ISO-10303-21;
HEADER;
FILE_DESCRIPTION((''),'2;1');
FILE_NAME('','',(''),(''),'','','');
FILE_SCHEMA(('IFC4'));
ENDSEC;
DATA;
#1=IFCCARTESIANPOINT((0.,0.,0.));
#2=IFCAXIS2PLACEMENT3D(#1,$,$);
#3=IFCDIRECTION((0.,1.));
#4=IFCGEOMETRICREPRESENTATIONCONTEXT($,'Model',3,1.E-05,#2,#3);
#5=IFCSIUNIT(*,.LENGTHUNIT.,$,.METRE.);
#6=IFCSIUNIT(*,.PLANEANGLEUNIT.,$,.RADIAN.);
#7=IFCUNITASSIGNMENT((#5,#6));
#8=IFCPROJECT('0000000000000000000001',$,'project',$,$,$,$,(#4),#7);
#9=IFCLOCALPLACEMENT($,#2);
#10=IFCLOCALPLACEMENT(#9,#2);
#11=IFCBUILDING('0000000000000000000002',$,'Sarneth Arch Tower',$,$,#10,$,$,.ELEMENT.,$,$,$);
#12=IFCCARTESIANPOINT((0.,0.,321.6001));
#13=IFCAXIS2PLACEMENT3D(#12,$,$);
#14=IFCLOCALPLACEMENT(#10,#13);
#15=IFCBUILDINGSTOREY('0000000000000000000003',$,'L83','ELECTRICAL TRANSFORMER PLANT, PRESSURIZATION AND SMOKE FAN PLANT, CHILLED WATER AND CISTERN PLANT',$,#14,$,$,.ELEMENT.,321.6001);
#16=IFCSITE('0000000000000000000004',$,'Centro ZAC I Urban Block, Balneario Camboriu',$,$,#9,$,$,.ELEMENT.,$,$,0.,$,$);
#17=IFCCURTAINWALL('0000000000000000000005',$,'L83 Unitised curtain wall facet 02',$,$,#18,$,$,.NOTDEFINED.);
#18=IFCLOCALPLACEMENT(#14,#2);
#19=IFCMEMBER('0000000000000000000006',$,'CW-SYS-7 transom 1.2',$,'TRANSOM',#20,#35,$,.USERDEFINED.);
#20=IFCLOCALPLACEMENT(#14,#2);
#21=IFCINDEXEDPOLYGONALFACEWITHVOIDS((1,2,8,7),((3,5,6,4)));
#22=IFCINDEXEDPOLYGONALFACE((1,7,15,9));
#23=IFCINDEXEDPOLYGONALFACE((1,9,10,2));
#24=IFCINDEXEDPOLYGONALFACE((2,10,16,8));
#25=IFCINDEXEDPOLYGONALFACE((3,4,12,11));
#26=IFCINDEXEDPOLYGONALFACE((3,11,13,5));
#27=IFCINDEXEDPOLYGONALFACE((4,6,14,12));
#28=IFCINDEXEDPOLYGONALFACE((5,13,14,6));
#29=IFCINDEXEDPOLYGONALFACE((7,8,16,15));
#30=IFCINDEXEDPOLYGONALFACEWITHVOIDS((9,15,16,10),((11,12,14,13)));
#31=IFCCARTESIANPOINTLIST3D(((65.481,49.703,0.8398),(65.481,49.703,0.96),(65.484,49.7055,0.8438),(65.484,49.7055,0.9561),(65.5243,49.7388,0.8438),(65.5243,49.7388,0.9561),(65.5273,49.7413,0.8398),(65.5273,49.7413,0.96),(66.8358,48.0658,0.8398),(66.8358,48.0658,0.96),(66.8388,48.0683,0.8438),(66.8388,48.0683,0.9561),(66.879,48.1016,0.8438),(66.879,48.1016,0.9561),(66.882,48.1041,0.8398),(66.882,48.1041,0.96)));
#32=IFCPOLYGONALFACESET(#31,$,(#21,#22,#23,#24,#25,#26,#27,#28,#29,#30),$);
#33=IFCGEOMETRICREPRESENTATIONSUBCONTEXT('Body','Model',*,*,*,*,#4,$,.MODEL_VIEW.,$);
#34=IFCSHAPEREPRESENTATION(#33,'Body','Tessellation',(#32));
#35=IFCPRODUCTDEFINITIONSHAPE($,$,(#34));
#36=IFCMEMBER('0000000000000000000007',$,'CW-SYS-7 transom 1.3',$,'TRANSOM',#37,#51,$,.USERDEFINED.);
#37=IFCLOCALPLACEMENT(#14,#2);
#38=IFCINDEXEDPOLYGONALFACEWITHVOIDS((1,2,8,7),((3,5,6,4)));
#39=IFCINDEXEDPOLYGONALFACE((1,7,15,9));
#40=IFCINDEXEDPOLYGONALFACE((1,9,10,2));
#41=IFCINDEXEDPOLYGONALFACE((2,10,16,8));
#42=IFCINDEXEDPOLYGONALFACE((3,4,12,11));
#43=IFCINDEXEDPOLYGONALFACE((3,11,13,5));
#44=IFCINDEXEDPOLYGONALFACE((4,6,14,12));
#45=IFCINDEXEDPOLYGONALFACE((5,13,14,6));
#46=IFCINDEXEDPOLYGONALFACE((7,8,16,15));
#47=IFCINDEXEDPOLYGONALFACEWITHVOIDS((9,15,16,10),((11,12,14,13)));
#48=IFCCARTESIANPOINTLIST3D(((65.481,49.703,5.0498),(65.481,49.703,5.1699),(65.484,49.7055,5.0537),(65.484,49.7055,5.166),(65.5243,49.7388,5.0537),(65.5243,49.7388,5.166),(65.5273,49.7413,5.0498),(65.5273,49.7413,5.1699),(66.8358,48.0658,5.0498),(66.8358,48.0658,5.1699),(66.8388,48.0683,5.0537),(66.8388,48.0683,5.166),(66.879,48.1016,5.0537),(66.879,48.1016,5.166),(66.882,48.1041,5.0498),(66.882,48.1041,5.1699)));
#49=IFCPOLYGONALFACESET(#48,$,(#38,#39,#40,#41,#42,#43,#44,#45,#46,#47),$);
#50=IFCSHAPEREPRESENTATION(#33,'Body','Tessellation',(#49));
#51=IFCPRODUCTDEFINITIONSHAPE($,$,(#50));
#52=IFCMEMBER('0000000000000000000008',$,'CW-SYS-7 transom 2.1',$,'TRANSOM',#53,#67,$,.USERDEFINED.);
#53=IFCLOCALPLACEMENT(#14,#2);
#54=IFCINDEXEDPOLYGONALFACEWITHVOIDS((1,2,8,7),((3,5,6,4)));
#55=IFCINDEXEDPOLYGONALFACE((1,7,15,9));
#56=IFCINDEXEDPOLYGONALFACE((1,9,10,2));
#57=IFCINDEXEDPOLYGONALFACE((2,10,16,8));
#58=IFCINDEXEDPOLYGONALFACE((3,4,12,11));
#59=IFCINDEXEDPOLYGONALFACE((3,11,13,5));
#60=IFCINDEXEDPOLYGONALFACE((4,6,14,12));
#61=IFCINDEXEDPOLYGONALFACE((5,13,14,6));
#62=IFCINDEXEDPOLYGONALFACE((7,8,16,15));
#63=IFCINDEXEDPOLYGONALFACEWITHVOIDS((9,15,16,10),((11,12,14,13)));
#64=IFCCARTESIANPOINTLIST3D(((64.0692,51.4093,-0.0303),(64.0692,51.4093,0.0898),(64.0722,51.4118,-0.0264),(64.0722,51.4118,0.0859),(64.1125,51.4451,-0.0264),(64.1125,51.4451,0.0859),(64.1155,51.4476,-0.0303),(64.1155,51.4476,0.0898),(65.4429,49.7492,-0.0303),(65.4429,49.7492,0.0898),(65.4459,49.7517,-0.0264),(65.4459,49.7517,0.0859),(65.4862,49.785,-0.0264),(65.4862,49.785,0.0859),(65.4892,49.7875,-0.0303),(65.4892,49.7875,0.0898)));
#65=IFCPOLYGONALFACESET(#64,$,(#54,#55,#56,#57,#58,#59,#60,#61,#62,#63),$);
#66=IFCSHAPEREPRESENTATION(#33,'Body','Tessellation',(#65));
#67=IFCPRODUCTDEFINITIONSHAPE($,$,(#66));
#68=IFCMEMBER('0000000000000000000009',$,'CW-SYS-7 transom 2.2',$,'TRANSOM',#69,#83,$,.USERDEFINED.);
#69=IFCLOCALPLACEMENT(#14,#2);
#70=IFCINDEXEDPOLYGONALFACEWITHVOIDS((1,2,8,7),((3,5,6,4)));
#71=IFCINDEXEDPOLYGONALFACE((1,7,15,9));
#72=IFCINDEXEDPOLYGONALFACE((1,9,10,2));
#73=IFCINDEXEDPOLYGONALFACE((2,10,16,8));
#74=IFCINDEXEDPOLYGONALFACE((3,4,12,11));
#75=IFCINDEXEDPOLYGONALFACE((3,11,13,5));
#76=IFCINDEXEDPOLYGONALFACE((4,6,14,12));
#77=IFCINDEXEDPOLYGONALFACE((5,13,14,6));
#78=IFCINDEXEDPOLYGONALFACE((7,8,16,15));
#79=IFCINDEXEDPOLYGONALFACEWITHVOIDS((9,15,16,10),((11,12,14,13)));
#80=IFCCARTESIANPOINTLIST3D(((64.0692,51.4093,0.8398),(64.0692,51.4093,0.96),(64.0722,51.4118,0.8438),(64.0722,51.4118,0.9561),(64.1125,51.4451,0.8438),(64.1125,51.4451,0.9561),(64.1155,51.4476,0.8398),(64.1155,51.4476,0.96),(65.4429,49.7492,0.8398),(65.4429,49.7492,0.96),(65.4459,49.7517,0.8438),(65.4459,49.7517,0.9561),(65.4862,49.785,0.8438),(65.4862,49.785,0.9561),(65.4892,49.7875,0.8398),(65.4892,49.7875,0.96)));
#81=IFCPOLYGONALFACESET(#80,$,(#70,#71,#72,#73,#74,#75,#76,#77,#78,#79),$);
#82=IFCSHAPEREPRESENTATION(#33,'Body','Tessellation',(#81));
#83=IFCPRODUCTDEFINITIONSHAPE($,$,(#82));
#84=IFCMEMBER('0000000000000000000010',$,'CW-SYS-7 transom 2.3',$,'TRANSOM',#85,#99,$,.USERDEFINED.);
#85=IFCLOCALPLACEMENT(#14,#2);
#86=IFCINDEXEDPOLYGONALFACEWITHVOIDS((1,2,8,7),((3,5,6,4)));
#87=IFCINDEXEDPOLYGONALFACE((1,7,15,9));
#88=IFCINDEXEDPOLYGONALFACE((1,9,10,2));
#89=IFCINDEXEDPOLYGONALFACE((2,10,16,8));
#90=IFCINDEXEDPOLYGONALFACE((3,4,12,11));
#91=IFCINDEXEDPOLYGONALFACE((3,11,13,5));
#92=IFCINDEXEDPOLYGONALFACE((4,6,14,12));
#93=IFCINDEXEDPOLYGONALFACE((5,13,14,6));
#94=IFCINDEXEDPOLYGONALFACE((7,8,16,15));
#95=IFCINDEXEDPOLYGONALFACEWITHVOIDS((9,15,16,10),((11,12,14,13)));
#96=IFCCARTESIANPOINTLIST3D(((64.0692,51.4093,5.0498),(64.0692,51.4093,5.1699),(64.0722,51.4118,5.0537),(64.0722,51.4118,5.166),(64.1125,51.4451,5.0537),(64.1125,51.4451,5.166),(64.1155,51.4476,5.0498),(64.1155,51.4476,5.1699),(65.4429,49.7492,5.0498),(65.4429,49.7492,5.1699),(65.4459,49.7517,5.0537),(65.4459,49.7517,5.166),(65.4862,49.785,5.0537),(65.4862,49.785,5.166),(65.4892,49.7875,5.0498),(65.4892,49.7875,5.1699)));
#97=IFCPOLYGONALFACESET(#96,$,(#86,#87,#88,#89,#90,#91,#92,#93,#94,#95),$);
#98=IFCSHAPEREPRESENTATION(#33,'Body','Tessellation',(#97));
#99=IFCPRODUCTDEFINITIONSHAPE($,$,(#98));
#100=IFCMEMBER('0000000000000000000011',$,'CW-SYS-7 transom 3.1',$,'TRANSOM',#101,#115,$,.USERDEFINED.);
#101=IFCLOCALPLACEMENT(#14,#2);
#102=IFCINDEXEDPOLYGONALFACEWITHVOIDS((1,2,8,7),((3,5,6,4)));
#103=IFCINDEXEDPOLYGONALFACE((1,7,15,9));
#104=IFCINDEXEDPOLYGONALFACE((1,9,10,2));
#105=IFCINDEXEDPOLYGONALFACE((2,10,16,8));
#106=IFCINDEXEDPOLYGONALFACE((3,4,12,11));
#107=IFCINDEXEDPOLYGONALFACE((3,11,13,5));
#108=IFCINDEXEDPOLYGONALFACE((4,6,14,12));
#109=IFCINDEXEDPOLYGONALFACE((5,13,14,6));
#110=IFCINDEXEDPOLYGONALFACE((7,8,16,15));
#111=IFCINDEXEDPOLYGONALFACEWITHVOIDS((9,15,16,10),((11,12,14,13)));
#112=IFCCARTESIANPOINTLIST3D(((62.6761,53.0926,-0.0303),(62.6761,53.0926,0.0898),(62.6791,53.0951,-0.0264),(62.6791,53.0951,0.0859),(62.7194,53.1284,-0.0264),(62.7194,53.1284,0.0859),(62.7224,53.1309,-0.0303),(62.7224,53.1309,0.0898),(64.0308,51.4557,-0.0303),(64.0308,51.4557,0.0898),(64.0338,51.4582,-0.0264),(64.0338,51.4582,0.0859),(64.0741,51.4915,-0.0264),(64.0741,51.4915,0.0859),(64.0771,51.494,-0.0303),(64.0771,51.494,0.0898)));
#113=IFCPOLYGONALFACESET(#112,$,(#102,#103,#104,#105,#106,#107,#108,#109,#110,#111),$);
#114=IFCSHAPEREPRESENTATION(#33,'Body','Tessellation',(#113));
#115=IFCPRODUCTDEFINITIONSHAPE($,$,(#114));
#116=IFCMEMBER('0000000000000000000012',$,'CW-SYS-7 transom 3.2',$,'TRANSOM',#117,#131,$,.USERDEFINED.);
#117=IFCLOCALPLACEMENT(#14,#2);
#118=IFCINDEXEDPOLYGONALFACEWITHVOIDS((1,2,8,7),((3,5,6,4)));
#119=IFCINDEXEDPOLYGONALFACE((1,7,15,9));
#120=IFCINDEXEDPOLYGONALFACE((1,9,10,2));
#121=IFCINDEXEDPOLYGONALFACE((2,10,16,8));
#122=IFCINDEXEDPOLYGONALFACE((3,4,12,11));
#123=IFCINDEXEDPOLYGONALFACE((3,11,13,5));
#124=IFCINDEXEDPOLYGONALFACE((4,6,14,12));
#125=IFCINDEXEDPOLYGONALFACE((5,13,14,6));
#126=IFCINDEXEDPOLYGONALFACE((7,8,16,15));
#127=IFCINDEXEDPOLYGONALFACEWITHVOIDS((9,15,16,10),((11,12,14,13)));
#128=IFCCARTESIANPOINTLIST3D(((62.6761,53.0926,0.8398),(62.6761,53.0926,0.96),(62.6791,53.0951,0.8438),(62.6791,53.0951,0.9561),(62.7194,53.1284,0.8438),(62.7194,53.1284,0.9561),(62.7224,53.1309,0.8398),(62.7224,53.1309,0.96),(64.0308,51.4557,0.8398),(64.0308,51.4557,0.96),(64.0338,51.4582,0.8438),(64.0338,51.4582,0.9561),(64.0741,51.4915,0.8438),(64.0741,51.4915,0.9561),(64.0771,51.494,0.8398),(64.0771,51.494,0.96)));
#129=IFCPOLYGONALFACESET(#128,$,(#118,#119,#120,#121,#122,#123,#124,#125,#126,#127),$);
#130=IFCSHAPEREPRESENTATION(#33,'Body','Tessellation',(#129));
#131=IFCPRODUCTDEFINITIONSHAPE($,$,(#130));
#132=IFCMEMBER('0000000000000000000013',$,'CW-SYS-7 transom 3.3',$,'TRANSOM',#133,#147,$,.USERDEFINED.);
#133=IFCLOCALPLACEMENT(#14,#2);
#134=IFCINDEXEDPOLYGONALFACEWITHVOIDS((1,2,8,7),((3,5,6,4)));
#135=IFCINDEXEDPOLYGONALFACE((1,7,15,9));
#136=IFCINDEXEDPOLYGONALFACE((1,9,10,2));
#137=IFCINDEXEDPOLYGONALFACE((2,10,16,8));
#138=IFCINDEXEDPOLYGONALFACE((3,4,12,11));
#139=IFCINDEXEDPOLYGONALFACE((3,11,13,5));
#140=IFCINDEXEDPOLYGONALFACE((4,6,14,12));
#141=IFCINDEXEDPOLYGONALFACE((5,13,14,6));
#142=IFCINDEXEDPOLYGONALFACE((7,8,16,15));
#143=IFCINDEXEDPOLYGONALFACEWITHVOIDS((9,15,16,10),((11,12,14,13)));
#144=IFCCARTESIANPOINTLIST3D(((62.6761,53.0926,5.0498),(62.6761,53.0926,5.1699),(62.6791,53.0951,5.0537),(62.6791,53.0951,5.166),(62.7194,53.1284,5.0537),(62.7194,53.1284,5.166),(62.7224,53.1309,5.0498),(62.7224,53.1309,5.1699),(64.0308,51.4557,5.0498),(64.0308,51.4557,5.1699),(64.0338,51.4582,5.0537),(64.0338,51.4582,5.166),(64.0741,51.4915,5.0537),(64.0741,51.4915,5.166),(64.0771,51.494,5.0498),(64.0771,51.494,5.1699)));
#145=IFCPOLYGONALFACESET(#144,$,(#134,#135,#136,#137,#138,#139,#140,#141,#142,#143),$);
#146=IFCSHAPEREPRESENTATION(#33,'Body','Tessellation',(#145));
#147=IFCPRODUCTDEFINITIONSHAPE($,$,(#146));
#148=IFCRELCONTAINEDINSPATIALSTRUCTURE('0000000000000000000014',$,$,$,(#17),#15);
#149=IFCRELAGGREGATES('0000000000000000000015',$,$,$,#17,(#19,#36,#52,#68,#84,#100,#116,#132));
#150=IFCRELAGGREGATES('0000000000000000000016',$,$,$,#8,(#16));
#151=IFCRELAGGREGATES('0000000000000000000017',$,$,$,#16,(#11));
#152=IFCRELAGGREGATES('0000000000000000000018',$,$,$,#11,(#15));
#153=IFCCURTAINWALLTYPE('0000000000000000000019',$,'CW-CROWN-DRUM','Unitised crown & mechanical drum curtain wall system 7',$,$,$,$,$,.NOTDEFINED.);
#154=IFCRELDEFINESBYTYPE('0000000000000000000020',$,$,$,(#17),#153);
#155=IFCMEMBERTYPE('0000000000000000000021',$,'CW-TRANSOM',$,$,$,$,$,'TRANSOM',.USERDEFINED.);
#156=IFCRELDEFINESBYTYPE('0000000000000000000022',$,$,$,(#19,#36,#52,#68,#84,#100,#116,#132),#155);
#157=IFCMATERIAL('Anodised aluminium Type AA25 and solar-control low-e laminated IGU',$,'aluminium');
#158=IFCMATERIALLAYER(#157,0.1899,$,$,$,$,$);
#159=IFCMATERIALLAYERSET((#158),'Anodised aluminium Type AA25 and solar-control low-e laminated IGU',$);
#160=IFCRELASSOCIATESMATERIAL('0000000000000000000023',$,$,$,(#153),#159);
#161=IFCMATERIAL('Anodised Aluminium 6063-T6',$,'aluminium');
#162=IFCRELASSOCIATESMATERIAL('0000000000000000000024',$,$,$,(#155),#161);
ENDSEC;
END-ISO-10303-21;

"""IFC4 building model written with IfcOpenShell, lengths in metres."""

from ifc_helpers import new_model, si_unit, direction, frame, origin, origin_2d, place, context, subcontext, project, spatial, hollow_rectangle, extrude, material, layer, layer_set, material_profile, profile_set, type_object, element, aggregate, save


model = new_model("IFC4")

# Units and contexts
model_context = context("Model", 3, precision=1e-05, world=origin(), true_north=direction((0.0, 1.0)))
body_context = subcontext(model_context, "Body", "Model", "MODEL_VIEW")
ifc_project = project(units=[si_unit("LENGTHUNIT", "METRE"), si_unit("PLANEANGLEUNIT", "RADIAN")], contexts=[model_context])

# Site, building, storey
site_placement = place(None, origin())
site = spatial("IfcSite", under=ifc_project, at=site_placement, Name="Centro ZAC I Urban Block, Balneario Camboriu", CompositionType="ELEMENT", RefElevation=0.0)
building_placement = place(site_placement, origin())
building = spatial("IfcBuilding", under=site, at=building_placement, Name="Sarneth Arch Tower", CompositionType="ELEMENT")
storey_placement = place(building_placement, frame((0.0, 0.0, 321.6001)))
storey = spatial("IfcBuildingStorey", under=building, at=storey_placement, Name="L83", Description="ELECTRICAL TRANSFORMER PLANT, PRESSURIZATION AND SMOKE FAN PLANT, CHILLED WATER AND CISTERN PLANT", CompositionType="ELEMENT", Elevation=321.6001)

# Curtain wall, members
ifc_material_1 = material(Name="Anodised aluminium Type AA25 and solar-control low-e laminated IGU", Category="aluminium")
ifc_layer_1 = layer(ifc_material_1, 0.1899)
ifc_layer_set_1 = layer_set([ifc_layer_1], Name="Anodised aluminium Type AA25 and solar-control low-e laminated IGU")
curtain_wall_type = type_object("IfcCurtainWallType", Name="CW-CROWN-DRUM", Description="Unitised crown & mechanical drum curtain wall system 7", PredefinedType="NOTDEFINED", material=ifc_layer_set_1)
curtain_wall_placement = place(storey_placement, origin())
curtain_wall = element("IfcCurtainWall", 1, at=curtain_wall_placement, inside=storey, type_object=curtain_wall_type, Name="L83 Unitised curtain wall facet 02", PredefinedType="NOTDEFINED")
ifc_material_2 = material(Name="Anodised Aluminium 6063-T6", Category="aluminium")
ifc_material_profile_1 = material_profile(ifc_material_2, hollow_rectangle(XDim=0.0601, YDim=0.1201, WallThickness=0.0039, at=origin_2d()), Name="AL-TRAN-120x60x4")
ifc_profile_set_1 = profile_set([ifc_material_profile_1], Name="Anodised Aluminium 6063-T6")
member_type_1 = type_object("IfcMemberType", Name="CW-TRANSOM", ElementType="TRANSOM", PredefinedType="USERDEFINED", material=ifc_profile_set_1)
member_1_placement = place(storey_placement, frame((66.8589, 48.085, 0.8999), z_axis=(-0.637514, 0.770439, 0.0), x_axis=(-0.770439, -0.637514, 0.0)))
member_1 = element("IfcMember", 2, at=member_1_placement, type_object=member_type_1, Name="CW-SYS-7 transom 1.2", ObjectType="TRANSOM", PredefinedType="USERDEFINED", context=body_context, shape_type="SweptSolid", body=[
    extrude(hollow_rectangle(XDim=0.0601, YDim=0.1201, WallThickness=0.0039, at=origin_2d()), origin(), (0.0, 0.0, 1.0), 2.125),
])
member_2_placement = place(storey_placement, frame((66.8589, 48.085, 5.1099), z_axis=(-0.637514, 0.770439, 0.0), x_axis=(-0.770439, -0.637514, 0.0)))
member_2 = element("IfcMember", 3, at=member_2_placement, type_object=member_type_1, Name="CW-SYS-7 transom 1.3", ObjectType="TRANSOM", PredefinedType="USERDEFINED", context=body_context, shape_type="SweptSolid", body=[
    extrude(hollow_rectangle(XDim=0.0601, YDim=0.1201, WallThickness=0.0039, at=origin_2d()), origin(), (0.0, 0.0, 1.0), 2.125),
])
member_3_placement = place(storey_placement, frame((65.4661, 49.7683, 0.0298), z_axis=(-0.637528, 0.770427, 0.0), x_axis=(-0.770427, -0.637528, 0.0)))
member_3 = element("IfcMember", 4, at=member_3_placement, type_object=member_type_1, Name="CW-SYS-7 transom 2.1", ObjectType="TRANSOM", PredefinedType="USERDEFINED", context=body_context, shape_type="SweptSolid", body=[
    extrude(hollow_rectangle(XDim=0.0601, YDim=0.1201, WallThickness=0.0039, at=origin_2d()), origin(), (0.0, 0.0, 1.0), 2.1548),
])
member_4_placement = place(storey_placement, frame((65.4661, 49.7683, 0.8999), z_axis=(-0.637528, 0.770427, 0.0), x_axis=(-0.770427, -0.637528, 0.0)))
member_4 = element("IfcMember", 5, at=member_4_placement, type_object=member_type_1, Name="CW-SYS-7 transom 2.2", ObjectType="TRANSOM", PredefinedType="USERDEFINED", context=body_context, shape_type="SweptSolid", body=[
    extrude(hollow_rectangle(XDim=0.0601, YDim=0.1201, WallThickness=0.0039, at=origin_2d()), origin(), (0.0, 0.0, 1.0), 2.1548),
])
member_5_placement = place(storey_placement, frame((65.4661, 49.7683, 5.1099), z_axis=(-0.637528, 0.770427, 0.0), x_axis=(-0.770427, -0.637528, 0.0)))
member_5 = element("IfcMember", 6, at=member_5_placement, type_object=member_type_1, Name="CW-SYS-7 transom 2.3", ObjectType="TRANSOM", PredefinedType="USERDEFINED", context=body_context, shape_type="SweptSolid", body=[
    extrude(hollow_rectangle(XDim=0.0601, YDim=0.1201, WallThickness=0.0039, at=origin_2d()), origin(), (0.0, 0.0, 1.0), 2.1548),
])
member_6_placement = place(storey_placement, frame((64.054, 51.4749, 0.0298), z_axis=(-0.63757, 0.770392, 0.0), x_axis=(-0.770392, -0.63757, 0.0)))
member_6 = element("IfcMember", 7, at=member_6_placement, type_object=member_type_1, Name="CW-SYS-7 transom 3.1", ObjectType="TRANSOM", PredefinedType="USERDEFINED", context=body_context, shape_type="SweptSolid", body=[
    extrude(hollow_rectangle(XDim=0.0601, YDim=0.1201, WallThickness=0.0039, at=origin_2d()), origin(), (0.0, 0.0, 1.0), 2.1248),
])
member_7_placement = place(storey_placement, frame((64.054, 51.4749, 0.8999), z_axis=(-0.63757, 0.770392, 0.0), x_axis=(-0.770392, -0.63757, 0.0)))
member_7 = element("IfcMember", 8, at=member_7_placement, type_object=member_type_1, Name="CW-SYS-7 transom 3.2", ObjectType="TRANSOM", PredefinedType="USERDEFINED", context=body_context, shape_type="SweptSolid", body=[
    extrude(hollow_rectangle(XDim=0.0601, YDim=0.1201, WallThickness=0.0039, at=origin_2d()), origin(), (0.0, 0.0, 1.0), 2.1248),
])
member_8_placement = place(storey_placement, frame((64.054, 51.4749, 5.1099), z_axis=(-0.63757, 0.770392, 0.0), x_axis=(-0.770392, -0.63757, 0.0)))
member_8 = element("IfcMember", 9, at=member_8_placement, type_object=member_type_1, Name="CW-SYS-7 transom 3.3", ObjectType="TRANSOM", PredefinedType="USERDEFINED", context=body_context, shape_type="SweptSolid", body=[
    extrude(hollow_rectangle(XDim=0.0601, YDim=0.1201, WallThickness=0.0039, at=origin_2d()), origin(), (0.0, 0.0, 1.0), 2.1248),
])

aggregate(curtain_wall, [member_1, member_2, member_3, member_4, member_5, member_6, member_7, member_8])

save(model, "model.ifc")
